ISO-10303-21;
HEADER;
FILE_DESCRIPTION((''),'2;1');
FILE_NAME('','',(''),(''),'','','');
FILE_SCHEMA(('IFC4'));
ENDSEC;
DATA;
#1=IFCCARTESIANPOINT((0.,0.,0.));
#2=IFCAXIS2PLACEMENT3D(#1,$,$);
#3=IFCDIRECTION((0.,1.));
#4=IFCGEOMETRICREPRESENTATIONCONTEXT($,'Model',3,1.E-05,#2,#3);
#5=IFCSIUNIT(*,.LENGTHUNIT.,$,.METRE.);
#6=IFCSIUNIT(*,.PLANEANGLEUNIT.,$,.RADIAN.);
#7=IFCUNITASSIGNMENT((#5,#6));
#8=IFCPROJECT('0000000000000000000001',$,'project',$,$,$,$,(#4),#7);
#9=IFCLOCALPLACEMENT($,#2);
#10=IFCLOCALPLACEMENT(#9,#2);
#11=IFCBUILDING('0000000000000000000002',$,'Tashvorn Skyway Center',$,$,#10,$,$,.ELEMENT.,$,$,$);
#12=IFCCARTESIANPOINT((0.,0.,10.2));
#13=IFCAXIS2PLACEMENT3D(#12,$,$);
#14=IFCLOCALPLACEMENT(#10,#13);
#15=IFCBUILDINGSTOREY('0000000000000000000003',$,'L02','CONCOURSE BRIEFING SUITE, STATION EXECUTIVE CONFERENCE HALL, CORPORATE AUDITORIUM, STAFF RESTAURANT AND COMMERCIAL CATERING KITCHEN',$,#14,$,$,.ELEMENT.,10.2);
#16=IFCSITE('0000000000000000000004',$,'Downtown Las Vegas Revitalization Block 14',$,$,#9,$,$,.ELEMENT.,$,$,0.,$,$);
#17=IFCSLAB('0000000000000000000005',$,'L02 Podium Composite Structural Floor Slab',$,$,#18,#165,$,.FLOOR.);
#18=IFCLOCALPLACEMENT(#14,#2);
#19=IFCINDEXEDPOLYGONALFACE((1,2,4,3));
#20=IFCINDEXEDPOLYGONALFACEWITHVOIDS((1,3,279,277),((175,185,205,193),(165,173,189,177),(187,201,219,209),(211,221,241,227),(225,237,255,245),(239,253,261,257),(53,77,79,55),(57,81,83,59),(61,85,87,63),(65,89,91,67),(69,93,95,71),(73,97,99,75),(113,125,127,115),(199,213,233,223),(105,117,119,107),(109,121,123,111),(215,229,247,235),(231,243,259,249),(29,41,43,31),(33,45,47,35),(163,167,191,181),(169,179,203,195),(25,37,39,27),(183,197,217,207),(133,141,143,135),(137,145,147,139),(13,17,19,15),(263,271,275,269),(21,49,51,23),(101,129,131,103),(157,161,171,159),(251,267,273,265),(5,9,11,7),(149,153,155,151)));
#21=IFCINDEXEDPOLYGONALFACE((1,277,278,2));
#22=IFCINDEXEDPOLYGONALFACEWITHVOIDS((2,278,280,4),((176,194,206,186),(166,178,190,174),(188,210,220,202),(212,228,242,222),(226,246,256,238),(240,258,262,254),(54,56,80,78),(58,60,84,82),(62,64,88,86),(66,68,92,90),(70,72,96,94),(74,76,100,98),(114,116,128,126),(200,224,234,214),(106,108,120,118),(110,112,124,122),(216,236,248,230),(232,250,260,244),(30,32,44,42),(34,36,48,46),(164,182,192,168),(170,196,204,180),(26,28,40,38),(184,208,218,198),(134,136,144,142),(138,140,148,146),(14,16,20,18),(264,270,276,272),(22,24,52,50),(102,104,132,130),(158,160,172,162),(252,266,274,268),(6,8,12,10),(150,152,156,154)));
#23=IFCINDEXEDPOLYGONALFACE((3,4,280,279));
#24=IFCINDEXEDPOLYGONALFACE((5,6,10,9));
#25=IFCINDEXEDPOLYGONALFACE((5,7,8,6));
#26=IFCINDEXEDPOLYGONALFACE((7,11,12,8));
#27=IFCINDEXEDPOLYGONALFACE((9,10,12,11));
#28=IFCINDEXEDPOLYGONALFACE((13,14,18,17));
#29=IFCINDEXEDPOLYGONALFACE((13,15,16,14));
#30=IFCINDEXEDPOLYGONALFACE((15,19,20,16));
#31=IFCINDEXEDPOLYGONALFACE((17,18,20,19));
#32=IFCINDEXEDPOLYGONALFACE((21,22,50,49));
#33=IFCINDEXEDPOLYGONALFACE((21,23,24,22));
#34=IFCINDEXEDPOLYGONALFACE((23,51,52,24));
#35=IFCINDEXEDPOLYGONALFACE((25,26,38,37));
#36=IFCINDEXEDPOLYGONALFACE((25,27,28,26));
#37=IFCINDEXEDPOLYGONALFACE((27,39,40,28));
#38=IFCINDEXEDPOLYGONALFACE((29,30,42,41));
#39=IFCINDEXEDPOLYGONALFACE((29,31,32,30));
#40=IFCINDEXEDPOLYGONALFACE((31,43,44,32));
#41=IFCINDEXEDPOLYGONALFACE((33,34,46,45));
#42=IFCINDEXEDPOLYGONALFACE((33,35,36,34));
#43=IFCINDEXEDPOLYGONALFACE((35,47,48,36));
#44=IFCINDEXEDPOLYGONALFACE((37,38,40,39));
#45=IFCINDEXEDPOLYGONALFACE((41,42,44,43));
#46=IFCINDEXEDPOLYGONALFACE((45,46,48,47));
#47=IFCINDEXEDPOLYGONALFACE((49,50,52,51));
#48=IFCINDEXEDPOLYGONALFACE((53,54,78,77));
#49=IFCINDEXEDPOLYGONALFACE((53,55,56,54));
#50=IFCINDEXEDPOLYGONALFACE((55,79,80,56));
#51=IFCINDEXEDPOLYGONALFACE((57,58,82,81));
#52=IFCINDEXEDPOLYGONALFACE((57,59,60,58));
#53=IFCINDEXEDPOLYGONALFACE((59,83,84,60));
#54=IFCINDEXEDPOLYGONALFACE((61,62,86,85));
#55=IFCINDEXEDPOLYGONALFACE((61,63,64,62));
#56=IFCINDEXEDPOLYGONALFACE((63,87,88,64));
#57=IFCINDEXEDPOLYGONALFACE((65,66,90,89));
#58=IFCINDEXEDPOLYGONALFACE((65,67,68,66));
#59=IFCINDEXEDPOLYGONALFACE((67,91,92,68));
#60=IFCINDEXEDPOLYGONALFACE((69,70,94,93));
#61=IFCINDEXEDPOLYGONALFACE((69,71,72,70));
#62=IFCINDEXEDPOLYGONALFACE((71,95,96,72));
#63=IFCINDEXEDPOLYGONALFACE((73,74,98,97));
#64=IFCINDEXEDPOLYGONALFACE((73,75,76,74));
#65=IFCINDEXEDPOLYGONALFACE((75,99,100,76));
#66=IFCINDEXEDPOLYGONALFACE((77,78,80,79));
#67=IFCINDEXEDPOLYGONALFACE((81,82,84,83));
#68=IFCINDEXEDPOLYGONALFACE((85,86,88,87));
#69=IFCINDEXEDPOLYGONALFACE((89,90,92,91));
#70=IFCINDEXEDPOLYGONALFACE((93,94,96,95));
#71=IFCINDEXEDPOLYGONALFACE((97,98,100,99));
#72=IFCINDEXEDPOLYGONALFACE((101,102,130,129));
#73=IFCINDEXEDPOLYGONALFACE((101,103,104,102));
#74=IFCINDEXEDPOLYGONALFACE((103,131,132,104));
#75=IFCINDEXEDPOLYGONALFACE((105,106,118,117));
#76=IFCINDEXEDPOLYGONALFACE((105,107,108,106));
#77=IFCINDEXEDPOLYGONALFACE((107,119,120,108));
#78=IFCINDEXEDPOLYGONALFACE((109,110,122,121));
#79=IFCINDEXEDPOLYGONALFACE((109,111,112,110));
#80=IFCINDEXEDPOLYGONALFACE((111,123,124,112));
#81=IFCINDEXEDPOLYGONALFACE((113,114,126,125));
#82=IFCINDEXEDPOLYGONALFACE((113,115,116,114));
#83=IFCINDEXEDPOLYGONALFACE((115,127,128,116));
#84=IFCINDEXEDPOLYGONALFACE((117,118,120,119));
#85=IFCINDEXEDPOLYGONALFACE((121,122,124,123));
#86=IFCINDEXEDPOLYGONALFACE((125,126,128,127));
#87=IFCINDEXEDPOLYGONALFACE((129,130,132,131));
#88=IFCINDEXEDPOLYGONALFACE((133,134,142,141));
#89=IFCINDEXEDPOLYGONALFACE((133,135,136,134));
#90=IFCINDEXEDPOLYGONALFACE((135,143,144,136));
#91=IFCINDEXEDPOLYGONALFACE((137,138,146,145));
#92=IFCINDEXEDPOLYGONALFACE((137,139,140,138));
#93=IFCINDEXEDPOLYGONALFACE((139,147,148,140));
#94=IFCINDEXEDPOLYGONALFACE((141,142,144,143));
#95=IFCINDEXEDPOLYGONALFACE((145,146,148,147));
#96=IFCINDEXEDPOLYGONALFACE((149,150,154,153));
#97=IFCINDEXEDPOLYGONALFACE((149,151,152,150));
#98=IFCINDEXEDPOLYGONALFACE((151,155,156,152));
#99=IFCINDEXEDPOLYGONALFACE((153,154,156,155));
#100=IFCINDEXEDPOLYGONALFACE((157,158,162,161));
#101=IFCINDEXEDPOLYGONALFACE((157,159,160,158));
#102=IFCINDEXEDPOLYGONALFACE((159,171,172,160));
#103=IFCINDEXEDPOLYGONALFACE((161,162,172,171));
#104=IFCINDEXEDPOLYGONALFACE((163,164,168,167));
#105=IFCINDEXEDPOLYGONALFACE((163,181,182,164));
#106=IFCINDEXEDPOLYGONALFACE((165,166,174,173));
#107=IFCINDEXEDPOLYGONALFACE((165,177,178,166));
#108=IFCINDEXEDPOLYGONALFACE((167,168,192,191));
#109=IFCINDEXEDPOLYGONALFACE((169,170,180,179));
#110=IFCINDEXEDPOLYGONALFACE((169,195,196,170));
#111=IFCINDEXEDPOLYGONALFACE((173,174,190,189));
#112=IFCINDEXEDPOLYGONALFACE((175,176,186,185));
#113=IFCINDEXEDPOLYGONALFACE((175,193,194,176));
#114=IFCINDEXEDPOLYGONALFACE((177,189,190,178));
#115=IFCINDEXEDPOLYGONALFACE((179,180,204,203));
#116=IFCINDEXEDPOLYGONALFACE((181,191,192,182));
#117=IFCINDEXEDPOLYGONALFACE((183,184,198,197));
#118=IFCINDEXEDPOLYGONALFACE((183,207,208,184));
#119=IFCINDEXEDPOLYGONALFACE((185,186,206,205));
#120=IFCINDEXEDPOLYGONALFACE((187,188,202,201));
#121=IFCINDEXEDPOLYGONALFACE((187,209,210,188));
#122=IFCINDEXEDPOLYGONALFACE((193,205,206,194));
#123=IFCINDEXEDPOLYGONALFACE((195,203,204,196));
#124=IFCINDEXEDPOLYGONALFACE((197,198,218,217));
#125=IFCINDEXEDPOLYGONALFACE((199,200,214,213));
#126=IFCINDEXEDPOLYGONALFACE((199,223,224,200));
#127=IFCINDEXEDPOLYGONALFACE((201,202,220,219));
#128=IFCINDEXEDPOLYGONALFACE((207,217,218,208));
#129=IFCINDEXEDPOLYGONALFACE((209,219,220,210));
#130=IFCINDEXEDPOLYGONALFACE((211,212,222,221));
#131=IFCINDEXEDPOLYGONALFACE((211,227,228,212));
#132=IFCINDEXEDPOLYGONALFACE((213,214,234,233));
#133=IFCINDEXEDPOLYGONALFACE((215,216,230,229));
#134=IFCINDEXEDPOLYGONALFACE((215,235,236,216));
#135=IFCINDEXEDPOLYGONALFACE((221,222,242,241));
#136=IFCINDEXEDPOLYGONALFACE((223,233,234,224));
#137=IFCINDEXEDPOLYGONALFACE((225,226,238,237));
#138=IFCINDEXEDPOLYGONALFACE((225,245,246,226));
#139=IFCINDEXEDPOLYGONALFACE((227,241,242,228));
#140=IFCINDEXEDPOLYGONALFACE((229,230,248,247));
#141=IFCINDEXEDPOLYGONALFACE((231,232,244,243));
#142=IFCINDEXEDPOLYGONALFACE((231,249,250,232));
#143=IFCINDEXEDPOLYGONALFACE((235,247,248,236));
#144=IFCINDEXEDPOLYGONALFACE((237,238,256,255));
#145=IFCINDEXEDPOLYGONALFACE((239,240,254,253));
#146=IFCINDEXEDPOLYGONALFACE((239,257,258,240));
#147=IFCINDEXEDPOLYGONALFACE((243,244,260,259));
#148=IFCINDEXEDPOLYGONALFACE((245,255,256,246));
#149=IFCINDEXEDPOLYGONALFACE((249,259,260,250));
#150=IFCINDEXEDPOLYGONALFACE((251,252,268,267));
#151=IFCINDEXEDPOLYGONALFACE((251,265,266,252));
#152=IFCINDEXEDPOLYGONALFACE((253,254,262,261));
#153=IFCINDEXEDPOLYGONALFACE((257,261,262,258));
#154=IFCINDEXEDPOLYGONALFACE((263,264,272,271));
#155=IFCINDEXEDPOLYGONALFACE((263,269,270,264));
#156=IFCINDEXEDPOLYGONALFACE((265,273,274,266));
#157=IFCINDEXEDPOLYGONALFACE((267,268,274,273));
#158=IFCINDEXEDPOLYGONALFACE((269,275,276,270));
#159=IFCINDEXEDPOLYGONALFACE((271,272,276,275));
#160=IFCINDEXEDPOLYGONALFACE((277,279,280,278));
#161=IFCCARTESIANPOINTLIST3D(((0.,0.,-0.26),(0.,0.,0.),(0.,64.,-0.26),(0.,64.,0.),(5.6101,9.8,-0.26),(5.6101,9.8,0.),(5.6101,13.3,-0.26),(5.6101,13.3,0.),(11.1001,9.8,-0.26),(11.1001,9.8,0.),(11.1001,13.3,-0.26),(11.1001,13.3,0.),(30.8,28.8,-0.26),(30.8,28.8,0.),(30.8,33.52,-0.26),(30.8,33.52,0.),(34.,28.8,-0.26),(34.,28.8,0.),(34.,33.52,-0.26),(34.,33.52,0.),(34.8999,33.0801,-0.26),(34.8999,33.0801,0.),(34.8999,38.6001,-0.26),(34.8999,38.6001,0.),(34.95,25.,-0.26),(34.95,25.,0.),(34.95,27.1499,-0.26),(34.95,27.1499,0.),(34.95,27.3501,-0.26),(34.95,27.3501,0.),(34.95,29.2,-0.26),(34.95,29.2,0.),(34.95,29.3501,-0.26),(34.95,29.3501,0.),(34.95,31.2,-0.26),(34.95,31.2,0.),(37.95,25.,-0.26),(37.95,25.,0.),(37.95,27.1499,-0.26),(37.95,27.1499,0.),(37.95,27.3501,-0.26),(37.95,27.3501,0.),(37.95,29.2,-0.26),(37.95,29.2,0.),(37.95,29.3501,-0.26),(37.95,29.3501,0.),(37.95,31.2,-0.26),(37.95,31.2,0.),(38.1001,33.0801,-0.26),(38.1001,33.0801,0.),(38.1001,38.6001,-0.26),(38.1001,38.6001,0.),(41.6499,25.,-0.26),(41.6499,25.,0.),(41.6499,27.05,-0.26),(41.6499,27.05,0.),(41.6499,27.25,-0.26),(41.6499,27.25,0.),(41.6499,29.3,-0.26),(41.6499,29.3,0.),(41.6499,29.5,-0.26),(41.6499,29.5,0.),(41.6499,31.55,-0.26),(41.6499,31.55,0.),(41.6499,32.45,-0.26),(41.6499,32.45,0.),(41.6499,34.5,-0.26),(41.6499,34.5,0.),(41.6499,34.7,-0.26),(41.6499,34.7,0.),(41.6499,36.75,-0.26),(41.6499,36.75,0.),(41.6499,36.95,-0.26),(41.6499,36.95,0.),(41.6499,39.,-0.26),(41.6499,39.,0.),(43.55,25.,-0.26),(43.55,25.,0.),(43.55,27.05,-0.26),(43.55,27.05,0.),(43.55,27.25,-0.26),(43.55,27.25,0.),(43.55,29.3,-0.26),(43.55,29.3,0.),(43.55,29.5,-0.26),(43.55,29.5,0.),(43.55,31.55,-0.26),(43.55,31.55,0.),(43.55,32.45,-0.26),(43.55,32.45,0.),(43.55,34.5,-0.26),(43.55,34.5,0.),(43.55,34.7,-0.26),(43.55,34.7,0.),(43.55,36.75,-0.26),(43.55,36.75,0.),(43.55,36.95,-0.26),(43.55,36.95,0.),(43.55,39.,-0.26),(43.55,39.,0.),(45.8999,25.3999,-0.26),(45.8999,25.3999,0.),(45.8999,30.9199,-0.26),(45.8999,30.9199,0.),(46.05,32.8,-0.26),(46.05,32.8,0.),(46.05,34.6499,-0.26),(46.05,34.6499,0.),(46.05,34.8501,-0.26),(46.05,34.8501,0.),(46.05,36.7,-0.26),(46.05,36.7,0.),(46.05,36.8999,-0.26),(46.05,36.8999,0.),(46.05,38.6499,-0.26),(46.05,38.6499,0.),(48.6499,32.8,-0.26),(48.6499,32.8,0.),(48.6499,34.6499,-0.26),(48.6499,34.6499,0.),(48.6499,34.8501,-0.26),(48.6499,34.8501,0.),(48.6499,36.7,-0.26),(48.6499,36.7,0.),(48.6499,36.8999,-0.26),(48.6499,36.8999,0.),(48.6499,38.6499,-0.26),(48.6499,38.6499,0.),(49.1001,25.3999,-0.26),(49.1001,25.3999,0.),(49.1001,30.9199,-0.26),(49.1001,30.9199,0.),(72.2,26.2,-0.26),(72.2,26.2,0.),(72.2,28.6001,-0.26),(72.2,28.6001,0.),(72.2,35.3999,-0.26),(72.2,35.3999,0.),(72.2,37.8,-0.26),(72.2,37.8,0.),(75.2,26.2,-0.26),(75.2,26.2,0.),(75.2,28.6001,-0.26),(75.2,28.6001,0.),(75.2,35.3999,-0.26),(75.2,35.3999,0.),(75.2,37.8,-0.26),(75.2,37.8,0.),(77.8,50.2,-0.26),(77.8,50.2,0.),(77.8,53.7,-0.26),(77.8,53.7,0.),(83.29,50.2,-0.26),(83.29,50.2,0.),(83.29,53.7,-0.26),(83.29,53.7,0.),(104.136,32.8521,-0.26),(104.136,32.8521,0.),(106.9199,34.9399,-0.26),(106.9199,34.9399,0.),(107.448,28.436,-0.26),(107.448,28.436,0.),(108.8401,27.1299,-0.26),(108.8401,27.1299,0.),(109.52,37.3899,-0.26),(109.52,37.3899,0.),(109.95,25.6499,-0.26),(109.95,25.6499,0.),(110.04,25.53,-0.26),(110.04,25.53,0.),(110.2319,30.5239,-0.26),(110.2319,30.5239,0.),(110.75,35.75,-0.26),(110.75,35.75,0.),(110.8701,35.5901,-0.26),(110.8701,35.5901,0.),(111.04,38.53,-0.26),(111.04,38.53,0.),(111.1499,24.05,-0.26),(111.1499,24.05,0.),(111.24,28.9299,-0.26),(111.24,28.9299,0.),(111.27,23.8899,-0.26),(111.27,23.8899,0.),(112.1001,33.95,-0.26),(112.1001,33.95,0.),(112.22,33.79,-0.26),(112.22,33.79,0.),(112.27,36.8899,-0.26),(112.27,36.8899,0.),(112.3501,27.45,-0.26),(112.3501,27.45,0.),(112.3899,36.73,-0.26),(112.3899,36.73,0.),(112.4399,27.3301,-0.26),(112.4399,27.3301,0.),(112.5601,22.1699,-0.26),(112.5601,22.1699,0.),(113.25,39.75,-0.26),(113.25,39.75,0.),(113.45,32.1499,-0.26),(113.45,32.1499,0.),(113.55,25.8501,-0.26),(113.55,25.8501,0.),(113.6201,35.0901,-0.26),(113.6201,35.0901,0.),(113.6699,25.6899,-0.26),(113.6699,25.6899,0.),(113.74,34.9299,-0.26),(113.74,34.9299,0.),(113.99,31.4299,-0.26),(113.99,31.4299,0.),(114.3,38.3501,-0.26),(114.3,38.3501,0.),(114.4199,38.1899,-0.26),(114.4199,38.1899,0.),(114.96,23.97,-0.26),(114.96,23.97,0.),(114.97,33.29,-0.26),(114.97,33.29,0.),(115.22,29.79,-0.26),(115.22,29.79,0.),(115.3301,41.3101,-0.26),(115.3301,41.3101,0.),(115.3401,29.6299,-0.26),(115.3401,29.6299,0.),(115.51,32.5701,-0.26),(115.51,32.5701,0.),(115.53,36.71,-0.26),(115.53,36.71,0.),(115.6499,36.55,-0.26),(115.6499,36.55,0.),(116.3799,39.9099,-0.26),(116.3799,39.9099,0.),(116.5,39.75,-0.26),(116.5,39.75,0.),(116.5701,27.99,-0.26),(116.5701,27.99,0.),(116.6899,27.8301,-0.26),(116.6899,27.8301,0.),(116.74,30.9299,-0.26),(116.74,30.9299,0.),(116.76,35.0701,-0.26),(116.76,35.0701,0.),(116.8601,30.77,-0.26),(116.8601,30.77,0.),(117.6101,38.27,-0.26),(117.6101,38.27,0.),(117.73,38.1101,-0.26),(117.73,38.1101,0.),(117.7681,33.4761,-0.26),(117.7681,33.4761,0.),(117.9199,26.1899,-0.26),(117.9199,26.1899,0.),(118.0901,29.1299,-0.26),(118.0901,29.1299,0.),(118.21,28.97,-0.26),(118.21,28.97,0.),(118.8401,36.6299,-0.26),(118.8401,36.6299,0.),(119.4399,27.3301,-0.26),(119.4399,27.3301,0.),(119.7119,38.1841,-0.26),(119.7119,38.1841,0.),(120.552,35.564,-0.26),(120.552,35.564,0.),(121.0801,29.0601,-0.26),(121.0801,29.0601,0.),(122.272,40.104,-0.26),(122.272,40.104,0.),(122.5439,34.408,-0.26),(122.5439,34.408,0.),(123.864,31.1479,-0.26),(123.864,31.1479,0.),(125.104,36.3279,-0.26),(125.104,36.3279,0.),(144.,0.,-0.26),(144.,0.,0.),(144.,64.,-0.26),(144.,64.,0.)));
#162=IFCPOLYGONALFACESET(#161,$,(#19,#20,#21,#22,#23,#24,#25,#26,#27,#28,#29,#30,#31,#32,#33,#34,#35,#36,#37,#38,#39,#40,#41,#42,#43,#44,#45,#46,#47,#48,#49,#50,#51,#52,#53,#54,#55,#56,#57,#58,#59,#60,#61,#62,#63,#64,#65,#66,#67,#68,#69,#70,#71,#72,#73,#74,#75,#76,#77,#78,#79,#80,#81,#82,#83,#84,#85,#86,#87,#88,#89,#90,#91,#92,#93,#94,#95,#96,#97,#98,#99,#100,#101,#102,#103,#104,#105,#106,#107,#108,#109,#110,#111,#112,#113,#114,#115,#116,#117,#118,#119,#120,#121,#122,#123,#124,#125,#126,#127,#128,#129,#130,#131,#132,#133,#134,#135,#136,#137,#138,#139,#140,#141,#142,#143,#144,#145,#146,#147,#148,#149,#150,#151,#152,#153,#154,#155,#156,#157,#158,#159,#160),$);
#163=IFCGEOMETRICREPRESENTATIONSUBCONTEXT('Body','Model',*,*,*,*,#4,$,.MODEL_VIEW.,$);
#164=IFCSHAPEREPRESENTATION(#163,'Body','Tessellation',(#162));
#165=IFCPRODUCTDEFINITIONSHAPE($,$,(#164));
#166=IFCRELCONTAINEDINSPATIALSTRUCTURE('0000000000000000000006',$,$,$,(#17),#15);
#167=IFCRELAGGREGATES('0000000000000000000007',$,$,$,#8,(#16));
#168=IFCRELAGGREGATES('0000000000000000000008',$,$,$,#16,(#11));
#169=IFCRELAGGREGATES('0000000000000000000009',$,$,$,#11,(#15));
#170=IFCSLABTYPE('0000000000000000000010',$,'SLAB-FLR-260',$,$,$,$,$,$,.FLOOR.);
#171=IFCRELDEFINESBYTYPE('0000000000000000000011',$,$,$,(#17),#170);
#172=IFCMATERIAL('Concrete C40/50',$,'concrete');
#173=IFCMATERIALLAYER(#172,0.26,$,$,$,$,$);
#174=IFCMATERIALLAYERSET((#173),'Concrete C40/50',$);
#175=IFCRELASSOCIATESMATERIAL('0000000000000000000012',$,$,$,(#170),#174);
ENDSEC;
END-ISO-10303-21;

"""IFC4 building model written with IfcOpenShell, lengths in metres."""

from ifc_helpers import new_model, si_unit, direction, frame, origin, place, context, subcontext, project, spatial, polyline, outline, extrude, material, layer, layer_set, type_object, element, save


model = new_model("IFC4")

# Units and contexts
model_context = context("Model", 3, precision=1e-05, world=origin(), true_north=direction((0.0, 1.0)))
body_context = subcontext(model_context, "Body", "Model", "MODEL_VIEW")
ifc_project = project(units=[si_unit("LENGTHUNIT", "METRE"), si_unit("PLANEANGLEUNIT", "RADIAN")], contexts=[model_context])

# Site, building, storey
site_placement = place(None, origin())
site = spatial("IfcSite", under=ifc_project, at=site_placement, Name="Downtown Las Vegas Revitalization Block 14", CompositionType="ELEMENT", RefElevation=0.0)
building_placement = place(site_placement, origin())
building = spatial("IfcBuilding", under=site, at=building_placement, Name="Tashvorn Skyway Center", CompositionType="ELEMENT")
storey_placement = place(building_placement, frame((0.0, 0.0, 10.2)))
storey = spatial("IfcBuildingStorey", under=building, at=storey_placement, Name="L02", Description="CONCOURSE BRIEFING SUITE, STATION EXECUTIVE CONFERENCE HALL, CORPORATE AUDITORIUM, STAFF RESTAURANT AND COMMERCIAL CATERING KITCHEN", CompositionType="ELEMENT", Elevation=10.2)

# Slab
ifc_material_1 = material(Name="Concrete C40/50", Category="concrete")
ifc_layer_1 = layer(ifc_material_1, 0.26)
ifc_layer_set_1 = layer_set([ifc_layer_1], Name="Concrete C40/50")
slab_type_1 = type_object("IfcSlabType", Name="SLAB-FLR-260", PredefinedType="FLOOR", material=ifc_layer_set_1)
slab_1_placement = place(storey_placement, frame((0.0, 0.0, -0.26)))
element("IfcSlab", 1, at=slab_1_placement, inside=storey, type_object=slab_type_1, Name="L02 Podium Composite Structural Floor Slab", PredefinedType="FLOOR", context=body_context, shape_type="SweptSolid", body=[
    extrude(outline(polyline([(0.0, 0.0), (144.0, 0.0), (144.0, 64.0), (0.0, 64.0), (0.0, 0.0)]), holes=[polyline([(38.1001, 33.0801), (38.1001, 38.6001), (34.8999, 38.6001), (34.8999, 33.0801), (38.1001, 33.0801)]), polyline([(45.8999, 30.9199), (45.8999, 25.3999), (49.1001, 25.3999), (49.1001, 30.9199), (45.8999, 30.9199)]), polyline([(110.2319, 30.5239), (106.9199, 34.9399), (104.136, 32.8521), (107.448, 28.436), (110.2319, 30.5239)]), polyline([(117.7681, 33.4761), (121.0801, 29.0601), (123.864, 31.1479), (120.552, 35.564), (117.7681, 33.4761)]), polyline([(30.8, 33.52), (30.8, 28.8), (34.0, 28.8), (34.0, 33.52), (30.8, 33.52)]), polyline([(119.7119, 38.1841), (122.5439, 34.408), (125.104, 36.3279), (122.272, 40.104), (119.7119, 38.1841)]), polyline([(5.6101, 9.8), (11.1001, 9.8), (11.1001, 13.3), (5.6101, 13.3), (5.6101, 9.8)]), polyline([(83.29, 53.7), (77.8, 53.7), (77.8, 50.2), (83.29, 50.2), (83.29, 53.7)]), polyline([(34.95, 29.3501), (37.95, 29.3501), (37.95, 31.2), (34.95, 31.2), (34.95, 29.3501)]), polyline([(34.95, 27.3501), (37.95, 27.3501), (37.95, 29.2), (34.95, 29.2), (34.95, 27.3501)]), polyline([(34.95, 25.0), (37.95, 25.0), (37.95, 27.1499), (34.95, 27.1499), (34.95, 25.0)]), polyline([(41.6499, 25.0), (43.55, 25.0), (43.55, 27.05), (41.6499, 27.05), (41.6499, 25.0)]), polyline([(41.6499, 27.25), (43.55, 27.25), (43.55, 29.3), (41.6499, 29.3), (41.6499, 27.25)]), polyline([(41.6499, 29.5), (43.55, 29.5), (43.55, 31.55), (41.6499, 31.55), (41.6499, 29.5)]), polyline([(41.6499, 32.45), (43.55, 32.45), (43.55, 34.5), (41.6499, 34.5), (41.6499, 32.45)]), polyline([(41.6499, 34.7), (43.55, 34.7), (43.55, 36.75), (41.6499, 36.75), (41.6499, 34.7)]), polyline([(41.6499, 36.95), (43.55, 36.95), (43.55, 39.0), (41.6499, 39.0), (41.6499, 36.95)]), polyline([(46.05, 32.8), (48.6499, 32.8), (48.6499, 34.6499), (46.05, 34.6499), (46.05, 32.8)]), polyline([(46.05, 34.8501), (48.6499, 34.8501), (48.6499, 36.7), (46.05, 36.7), (46.05, 34.8501)]), polyline([(46.05, 36.8999), (48.6499, 36.8999), (48.6499, 38.6499), (46.05, 38.6499), (46.05, 36.8999)]), polyline([(109.95, 25.6499), (112.3501, 27.45), (111.24, 28.9299), (108.8401, 27.1299), (109.95, 25.6499)]), polyline([(111.1499, 24.05), (113.55, 25.8501), (112.4399, 27.3301), (110.04, 25.53), (111.1499, 24.05)]), polyline([(112.5601, 22.1699), (114.96, 23.97), (113.6699, 25.6899), (111.27, 23.8899), (112.5601, 22.1699)]), polyline([(117.9199, 26.1899), (119.4399, 27.3301), (118.21, 28.97), (116.6899, 27.8301), (117.9199, 26.1899)]), polyline([(116.5701, 27.99), (118.0901, 29.1299), (116.8601, 30.77), (115.3401, 29.6299), (116.5701, 27.99)]), polyline([(115.22, 29.79), (116.74, 30.9299), (115.51, 32.5701), (113.99, 31.4299), (115.22, 29.79)]), polyline([(113.45, 32.1499), (114.97, 33.29), (113.74, 34.9299), (112.22, 33.79), (113.45, 32.1499)]), polyline([(112.1001, 33.95), (113.6201, 35.0901), (112.3899, 36.73), (110.8701, 35.5901), (112.1001, 33.95)]), polyline([(110.75, 35.75), (112.27, 36.8899), (111.04, 38.53), (109.52, 37.3899), (110.75, 35.75)]), polyline([(116.76, 35.0701), (118.8401, 36.6299), (117.73, 38.1101), (115.6499, 36.55), (116.76, 35.0701)]), polyline([(115.53, 36.71), (117.6101, 38.27), (116.5, 39.75), (114.4199, 38.1899), (115.53, 36.71)]), polyline([(114.3, 38.3501), (116.3799, 39.9099), (115.3301, 41.3101), (113.25, 39.75), (114.3, 38.3501)]), polyline([(72.2, 26.2), (75.2, 26.2), (75.2, 28.6001), (72.2, 28.6001), (72.2, 26.2)]), polyline([(72.2, 35.3999), (75.2, 35.3999), (75.2, 37.8), (72.2, 37.8), (72.2, 35.3999)])]), origin(), (0.0, 0.0, 1.0), 0.26),
])

save(model, "model.ifc")
